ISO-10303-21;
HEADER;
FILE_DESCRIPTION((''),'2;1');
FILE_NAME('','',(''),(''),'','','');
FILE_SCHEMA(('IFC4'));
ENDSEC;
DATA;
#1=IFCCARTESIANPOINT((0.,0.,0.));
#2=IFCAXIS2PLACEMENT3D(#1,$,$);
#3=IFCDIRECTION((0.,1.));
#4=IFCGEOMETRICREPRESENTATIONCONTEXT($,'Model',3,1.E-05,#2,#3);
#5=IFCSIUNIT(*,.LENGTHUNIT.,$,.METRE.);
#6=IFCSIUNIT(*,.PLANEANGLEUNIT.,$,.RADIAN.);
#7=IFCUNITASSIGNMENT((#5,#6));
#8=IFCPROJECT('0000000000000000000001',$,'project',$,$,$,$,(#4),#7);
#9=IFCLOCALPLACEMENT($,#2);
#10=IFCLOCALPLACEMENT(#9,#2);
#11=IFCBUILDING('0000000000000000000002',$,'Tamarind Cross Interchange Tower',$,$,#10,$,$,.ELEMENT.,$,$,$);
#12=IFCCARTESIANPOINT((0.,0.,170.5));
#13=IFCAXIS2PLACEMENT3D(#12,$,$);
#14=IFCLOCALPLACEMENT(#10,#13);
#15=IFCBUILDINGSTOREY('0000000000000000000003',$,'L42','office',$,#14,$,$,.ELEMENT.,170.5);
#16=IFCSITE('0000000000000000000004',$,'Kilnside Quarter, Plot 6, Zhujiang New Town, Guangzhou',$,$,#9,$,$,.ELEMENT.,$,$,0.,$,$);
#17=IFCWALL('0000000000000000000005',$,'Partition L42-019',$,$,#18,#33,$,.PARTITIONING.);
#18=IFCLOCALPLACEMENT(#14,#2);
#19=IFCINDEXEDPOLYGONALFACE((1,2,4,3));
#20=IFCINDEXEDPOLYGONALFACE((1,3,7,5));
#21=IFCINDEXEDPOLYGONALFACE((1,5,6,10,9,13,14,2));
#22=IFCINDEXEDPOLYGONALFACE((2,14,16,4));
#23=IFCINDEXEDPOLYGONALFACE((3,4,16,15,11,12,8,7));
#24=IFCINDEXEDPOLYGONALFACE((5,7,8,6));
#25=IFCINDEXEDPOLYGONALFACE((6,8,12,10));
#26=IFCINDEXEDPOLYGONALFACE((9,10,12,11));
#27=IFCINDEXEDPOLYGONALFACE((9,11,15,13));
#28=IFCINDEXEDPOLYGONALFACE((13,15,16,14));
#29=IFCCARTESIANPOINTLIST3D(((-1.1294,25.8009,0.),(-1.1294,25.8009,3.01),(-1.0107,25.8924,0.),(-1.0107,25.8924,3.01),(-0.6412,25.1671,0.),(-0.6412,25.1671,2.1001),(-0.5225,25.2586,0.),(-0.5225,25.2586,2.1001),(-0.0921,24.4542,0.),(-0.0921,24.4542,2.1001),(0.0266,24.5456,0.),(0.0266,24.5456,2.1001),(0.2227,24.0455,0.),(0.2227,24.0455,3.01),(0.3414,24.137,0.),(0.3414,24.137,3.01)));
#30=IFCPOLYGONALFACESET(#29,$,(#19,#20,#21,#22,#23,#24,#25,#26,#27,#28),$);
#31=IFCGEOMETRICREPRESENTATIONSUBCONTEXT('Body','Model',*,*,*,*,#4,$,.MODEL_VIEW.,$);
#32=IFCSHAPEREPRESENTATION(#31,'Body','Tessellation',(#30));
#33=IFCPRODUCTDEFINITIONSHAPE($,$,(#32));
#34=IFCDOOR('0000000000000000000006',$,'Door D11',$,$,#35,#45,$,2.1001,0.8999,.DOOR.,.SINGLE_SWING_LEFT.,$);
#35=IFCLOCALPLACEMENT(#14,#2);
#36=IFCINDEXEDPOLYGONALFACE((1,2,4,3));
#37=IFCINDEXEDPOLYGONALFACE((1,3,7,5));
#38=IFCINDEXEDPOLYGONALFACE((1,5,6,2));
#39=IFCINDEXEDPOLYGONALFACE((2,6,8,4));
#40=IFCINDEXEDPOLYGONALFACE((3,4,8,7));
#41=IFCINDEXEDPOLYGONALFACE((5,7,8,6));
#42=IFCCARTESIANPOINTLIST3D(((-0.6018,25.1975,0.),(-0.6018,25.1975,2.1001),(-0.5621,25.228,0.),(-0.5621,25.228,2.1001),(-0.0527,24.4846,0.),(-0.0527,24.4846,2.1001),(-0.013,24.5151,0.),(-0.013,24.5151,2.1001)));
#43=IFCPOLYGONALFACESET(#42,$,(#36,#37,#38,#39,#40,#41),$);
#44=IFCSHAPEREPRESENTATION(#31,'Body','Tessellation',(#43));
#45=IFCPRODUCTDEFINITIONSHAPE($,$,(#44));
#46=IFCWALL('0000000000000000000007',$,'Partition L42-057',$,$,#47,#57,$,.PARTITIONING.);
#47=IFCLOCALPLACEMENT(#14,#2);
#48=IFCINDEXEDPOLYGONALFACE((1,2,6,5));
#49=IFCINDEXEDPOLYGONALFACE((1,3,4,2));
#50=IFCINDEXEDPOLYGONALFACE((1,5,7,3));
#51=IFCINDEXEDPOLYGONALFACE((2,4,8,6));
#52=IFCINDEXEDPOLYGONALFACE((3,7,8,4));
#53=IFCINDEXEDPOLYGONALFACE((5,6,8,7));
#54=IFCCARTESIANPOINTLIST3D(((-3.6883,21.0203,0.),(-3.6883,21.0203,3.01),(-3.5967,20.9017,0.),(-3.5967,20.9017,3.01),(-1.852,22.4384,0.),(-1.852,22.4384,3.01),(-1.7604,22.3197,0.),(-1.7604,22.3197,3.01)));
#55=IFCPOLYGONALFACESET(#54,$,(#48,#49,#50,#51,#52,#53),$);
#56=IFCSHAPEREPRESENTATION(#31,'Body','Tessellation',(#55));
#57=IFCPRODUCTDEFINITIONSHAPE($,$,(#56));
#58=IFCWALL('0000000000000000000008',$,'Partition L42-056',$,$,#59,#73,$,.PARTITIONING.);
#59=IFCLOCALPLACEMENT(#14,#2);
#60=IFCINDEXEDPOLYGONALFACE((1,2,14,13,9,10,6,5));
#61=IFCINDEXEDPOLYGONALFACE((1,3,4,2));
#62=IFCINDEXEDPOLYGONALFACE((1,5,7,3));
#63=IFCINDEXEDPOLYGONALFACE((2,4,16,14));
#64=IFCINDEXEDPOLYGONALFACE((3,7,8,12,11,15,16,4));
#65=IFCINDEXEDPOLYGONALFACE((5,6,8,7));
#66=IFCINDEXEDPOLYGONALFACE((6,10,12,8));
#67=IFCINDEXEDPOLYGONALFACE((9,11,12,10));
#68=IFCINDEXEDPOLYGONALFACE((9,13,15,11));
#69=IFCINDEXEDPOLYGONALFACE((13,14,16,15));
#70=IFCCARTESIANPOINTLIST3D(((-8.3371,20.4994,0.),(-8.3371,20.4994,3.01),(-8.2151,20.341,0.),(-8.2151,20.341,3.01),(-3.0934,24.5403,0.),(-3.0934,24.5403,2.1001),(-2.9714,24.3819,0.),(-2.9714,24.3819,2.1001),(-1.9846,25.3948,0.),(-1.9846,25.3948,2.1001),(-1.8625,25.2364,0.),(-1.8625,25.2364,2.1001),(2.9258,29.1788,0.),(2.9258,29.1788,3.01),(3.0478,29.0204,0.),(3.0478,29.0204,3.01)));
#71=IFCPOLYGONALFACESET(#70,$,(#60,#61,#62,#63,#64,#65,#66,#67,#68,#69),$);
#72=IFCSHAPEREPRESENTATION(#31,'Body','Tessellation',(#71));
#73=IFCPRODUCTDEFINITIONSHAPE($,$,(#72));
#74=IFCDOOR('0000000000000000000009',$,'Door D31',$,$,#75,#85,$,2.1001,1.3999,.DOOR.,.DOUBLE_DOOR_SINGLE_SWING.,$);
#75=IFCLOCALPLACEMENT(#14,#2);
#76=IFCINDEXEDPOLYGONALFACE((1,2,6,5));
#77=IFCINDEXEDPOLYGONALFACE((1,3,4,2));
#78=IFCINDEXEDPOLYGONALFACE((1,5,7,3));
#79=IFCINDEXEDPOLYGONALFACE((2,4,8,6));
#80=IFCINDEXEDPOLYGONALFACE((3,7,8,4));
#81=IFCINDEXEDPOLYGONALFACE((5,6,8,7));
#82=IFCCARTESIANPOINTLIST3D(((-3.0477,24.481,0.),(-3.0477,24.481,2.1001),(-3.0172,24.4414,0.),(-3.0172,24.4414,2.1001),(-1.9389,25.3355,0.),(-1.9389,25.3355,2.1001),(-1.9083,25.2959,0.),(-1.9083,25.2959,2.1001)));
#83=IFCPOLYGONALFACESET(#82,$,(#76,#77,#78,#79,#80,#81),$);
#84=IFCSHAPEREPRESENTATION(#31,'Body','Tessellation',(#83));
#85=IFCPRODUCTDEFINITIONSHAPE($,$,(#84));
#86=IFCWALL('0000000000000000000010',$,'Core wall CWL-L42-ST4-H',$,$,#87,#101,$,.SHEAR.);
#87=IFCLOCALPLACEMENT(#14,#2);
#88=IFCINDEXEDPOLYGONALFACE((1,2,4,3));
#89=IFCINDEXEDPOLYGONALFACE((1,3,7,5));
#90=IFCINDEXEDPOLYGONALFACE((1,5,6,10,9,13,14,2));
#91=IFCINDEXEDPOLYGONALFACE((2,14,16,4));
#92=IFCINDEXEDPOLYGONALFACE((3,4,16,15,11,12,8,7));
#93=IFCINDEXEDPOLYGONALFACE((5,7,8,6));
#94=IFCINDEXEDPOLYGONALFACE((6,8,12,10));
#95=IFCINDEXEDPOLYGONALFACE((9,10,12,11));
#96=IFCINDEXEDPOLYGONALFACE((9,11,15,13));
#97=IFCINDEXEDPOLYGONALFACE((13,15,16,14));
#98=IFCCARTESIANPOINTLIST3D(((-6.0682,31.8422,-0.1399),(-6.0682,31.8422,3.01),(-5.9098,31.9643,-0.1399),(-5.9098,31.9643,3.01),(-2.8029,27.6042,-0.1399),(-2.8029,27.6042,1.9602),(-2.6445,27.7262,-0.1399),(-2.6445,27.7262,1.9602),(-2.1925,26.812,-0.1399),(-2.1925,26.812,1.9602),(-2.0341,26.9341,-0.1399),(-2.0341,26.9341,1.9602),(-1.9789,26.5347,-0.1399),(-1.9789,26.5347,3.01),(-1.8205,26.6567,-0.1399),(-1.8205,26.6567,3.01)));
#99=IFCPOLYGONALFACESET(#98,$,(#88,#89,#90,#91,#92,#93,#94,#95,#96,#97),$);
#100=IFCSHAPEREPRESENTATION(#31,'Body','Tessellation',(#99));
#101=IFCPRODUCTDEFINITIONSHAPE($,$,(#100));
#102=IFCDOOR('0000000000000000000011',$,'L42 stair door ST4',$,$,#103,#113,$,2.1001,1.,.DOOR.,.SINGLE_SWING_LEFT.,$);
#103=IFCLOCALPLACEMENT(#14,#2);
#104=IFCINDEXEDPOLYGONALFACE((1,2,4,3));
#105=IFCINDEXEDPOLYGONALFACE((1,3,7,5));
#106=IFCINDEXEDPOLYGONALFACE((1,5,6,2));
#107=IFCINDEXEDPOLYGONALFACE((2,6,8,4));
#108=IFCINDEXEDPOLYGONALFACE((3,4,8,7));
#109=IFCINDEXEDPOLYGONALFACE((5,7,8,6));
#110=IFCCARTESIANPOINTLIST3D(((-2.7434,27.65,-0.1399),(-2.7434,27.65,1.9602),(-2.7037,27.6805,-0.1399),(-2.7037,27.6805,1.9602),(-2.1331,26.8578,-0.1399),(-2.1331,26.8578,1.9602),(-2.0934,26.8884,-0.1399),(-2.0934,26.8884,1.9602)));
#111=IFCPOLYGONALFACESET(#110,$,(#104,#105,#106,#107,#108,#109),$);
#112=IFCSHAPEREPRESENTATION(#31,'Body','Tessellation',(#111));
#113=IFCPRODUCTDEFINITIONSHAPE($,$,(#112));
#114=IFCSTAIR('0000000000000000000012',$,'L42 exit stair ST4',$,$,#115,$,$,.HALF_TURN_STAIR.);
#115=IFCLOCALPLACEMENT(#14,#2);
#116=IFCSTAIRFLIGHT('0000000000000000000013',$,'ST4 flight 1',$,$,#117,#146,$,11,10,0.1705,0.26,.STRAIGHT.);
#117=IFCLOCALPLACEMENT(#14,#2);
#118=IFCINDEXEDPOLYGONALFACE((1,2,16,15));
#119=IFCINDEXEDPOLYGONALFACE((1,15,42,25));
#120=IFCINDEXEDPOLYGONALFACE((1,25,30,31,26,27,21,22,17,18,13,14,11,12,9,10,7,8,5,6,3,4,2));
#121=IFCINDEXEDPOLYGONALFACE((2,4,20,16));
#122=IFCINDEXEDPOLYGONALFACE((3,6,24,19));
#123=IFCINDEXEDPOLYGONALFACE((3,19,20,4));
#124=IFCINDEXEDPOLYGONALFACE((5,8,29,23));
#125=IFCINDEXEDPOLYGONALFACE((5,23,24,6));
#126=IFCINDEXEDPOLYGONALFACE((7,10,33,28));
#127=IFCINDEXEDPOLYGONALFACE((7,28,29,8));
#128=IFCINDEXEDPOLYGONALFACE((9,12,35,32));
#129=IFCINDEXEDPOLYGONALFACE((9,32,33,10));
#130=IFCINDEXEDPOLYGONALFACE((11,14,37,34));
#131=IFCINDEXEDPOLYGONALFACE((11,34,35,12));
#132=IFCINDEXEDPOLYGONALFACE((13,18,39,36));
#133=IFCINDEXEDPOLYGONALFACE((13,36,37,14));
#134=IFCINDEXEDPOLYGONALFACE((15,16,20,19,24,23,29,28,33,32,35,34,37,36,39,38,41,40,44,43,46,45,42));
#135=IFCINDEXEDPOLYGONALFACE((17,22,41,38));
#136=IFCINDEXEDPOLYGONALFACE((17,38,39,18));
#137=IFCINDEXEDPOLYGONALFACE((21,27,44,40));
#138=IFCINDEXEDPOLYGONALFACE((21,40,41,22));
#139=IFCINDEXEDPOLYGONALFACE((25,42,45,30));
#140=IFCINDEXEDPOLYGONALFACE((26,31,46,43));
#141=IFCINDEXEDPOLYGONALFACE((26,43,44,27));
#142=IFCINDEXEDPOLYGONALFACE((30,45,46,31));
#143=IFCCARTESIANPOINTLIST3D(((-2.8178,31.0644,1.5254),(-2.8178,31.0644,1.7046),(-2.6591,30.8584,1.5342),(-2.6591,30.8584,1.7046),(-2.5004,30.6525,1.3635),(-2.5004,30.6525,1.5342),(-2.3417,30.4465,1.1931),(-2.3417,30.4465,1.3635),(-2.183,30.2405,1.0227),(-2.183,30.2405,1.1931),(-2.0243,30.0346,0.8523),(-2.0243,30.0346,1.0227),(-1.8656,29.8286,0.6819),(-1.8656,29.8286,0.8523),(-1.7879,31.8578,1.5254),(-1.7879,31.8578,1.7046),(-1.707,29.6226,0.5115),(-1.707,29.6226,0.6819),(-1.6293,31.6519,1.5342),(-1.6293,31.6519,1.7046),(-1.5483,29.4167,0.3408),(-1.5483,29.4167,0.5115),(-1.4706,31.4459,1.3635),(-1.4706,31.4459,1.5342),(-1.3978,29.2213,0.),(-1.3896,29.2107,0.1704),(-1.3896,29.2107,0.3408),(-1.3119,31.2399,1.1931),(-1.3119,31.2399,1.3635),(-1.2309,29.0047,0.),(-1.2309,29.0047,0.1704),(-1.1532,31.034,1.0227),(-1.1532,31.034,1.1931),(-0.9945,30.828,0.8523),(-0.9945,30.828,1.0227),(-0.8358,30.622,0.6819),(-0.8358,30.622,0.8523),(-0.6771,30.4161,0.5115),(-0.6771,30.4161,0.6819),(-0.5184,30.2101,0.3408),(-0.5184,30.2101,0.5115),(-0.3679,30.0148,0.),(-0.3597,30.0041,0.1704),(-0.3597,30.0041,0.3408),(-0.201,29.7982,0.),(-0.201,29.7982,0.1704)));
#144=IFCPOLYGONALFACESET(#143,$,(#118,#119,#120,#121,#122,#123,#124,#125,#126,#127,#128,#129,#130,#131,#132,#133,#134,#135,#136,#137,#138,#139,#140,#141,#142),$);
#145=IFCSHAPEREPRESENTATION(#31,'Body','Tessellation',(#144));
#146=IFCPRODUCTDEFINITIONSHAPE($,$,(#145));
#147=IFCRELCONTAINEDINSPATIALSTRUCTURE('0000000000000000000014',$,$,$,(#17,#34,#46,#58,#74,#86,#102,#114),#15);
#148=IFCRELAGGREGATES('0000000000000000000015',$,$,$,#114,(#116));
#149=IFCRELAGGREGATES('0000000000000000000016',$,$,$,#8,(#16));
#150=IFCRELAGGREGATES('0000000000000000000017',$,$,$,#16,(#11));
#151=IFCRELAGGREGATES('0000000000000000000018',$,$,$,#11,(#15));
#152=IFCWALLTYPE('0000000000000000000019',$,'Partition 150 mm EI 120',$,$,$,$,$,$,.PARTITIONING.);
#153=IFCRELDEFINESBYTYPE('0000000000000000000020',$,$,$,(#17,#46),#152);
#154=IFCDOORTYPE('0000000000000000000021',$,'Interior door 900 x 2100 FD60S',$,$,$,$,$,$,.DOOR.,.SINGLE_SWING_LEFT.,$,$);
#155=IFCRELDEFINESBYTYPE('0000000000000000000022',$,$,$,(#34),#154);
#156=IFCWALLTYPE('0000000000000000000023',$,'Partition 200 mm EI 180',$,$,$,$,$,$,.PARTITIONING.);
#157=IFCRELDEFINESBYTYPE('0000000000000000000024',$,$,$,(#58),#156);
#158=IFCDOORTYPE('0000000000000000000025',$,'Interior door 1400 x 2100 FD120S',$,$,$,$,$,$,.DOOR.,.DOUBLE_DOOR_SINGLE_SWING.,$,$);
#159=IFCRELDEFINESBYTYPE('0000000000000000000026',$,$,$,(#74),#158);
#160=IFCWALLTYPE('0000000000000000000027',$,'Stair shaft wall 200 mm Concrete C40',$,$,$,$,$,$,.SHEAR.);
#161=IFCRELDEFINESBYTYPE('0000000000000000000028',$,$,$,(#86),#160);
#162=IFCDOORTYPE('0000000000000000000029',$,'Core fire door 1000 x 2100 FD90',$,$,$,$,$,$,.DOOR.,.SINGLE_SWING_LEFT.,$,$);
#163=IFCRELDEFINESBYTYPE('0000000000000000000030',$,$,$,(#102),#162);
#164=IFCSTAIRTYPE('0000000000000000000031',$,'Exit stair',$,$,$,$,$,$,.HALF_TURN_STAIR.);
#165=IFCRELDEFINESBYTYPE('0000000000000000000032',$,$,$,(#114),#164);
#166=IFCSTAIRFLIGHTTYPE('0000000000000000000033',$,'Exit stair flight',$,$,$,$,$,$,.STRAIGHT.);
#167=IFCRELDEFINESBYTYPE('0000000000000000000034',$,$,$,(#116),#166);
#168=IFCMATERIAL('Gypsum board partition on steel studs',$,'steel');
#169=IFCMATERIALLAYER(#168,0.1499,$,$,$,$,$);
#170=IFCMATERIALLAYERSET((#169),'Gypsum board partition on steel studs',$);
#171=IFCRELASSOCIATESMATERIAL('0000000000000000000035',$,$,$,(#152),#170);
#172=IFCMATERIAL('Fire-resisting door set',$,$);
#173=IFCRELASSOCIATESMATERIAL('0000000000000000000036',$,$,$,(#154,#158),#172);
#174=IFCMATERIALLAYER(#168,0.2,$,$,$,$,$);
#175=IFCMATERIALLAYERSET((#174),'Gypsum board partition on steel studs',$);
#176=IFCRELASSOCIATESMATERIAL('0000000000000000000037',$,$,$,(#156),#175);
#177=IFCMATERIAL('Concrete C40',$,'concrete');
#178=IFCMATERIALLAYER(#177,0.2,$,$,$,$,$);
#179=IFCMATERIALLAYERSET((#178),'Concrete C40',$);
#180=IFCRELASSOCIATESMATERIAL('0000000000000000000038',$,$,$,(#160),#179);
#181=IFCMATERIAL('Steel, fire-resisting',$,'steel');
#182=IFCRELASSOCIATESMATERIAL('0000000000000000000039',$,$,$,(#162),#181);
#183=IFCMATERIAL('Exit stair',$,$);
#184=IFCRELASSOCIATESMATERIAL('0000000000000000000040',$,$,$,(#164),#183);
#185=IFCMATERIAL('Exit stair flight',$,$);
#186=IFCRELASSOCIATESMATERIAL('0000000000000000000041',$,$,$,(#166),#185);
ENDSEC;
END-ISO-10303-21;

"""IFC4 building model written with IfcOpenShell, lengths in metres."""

from ifc_helpers import new_model, si_unit, direction, frame, frame_2d, origin, place, context, subcontext, project, spatial, polyline, rectangle, outline, extrude, material, layer, layer_set, type_object, element, fill, aggregate, save


model = new_model("IFC4")

# Units and contexts
model_context = context("Model", 3, precision=1e-05, world=origin(), true_north=direction((0.0, 1.0)))
body_context = subcontext(model_context, "Body", "Model", "MODEL_VIEW")
ifc_project = project(units=[si_unit("LENGTHUNIT", "METRE"), si_unit("PLANEANGLEUNIT", "RADIAN")], contexts=[model_context])

# Site, building, storey
site_placement = place(None, origin())
site = spatial("IfcSite", under=ifc_project, at=site_placement, Name="Kilnside Quarter, Plot 6, Zhujiang New Town, Guangzhou", CompositionType="ELEMENT", RefElevation=0.0)
building_placement = place(site_placement, origin())
building = spatial("IfcBuilding", under=site, at=building_placement, Name="Tamarind Cross Interchange Tower", CompositionType="ELEMENT")
storey_placement = place(building_placement, frame((0.0, 0.0, 170.5)))
storey = spatial("IfcBuildingStorey", under=building, at=storey_placement, Name="L42", Description="office", CompositionType="ELEMENT", Elevation=170.5)

# Shared definitions
ifc_material_1 = material(Name="Gypsum board partition on steel studs", Category="steel")
ifc_layer_1 = layer(ifc_material_1, 0.1499)
ifc_layer_set_1 = layer_set([ifc_layer_1], Name="Gypsum board partition on steel studs")
wall_type_1 = type_object("IfcWallType", Name="Partition 150 mm EI 120", PredefinedType="PARTITIONING", material=ifc_layer_set_1)

# Wall, opening, door
ifc_material_2 = material(Name="Fire-resisting door set")
door_type_1 = type_object("IfcDoorType", Name="Interior door 900 x 2100 FD60S", OperationType="SINGLE_SWING_LEFT", PredefinedType="DOOR", material=ifc_material_2)
wall_1_placement = place(storey_placement, frame((-1.0701, 25.8467, 0.0), z_axis=(0.0, 0.0, 1.0), x_axis=(0.610211, -0.792239, 0.0)))
wall_1 = element("IfcWall", 1, at=wall_1_placement, inside=storey, type_object=wall_type_1, Name="Partition L42-019", PredefinedType="PARTITIONING", context=body_context, shape_type="SweptSolid", body=[
    extrude(rectangle(XDim=2.2158, YDim=0.1499, at=frame_2d((1.1079, 0.0))), origin(), (0.0, 0.0, 1.0), 3.01),
])
opening_1_placement = place(wall_1_placement, frame((0.8, 0.0, 0.0)))
opening_1 = element("IfcOpeningElement", 2, at=opening_1_placement, cuts=wall_1, PredefinedType="OPENING", context=body_context, shape_type="SweptSolid", body=[
    extrude(rectangle(XDim=0.8999, YDim=2.1001, at=frame_2d((0.45, 1.05))), frame((0.0, 0.085, 0.0), z_axis=(0.0, -1.0, 0.0), x_axis=(1.0, 0.0, 0.0)), (0.0, 0.0, 1.0), 0.1699),
])
door_1_placement = place(opening_1_placement, origin())
door_1 = element("IfcDoor", 3, at=door_1_placement, inside=storey, type_object=door_type_1, Name="Door D11", OperationType="SINGLE_SWING_LEFT", OverallHeight=2.1001, OverallWidth=0.8999, PredefinedType="DOOR", context=body_context, shape_type="SweptSolid", body=[
    extrude(rectangle(XDim=0.8999, YDim=2.1001, at=frame_2d((0.45, 1.05))), frame((0.0, 0.0249, 0.0), z_axis=(0.0, -1.0, 0.0), x_axis=(1.0, 0.0, 0.0)), (0.0, 0.0, 1.0), 0.05),
])
fill(opening_1, door_1)

# Wall
wall_2_placement = place(storey_placement, frame((-3.6426, 20.9609, 0.0), z_axis=(0.0, 0.0, 1.0), x_axis=(0.791472, 0.611205, 0.0)))
element("IfcWall", 4, at=wall_2_placement, inside=storey, type_object=wall_type_1, Name="Partition L42-057", PredefinedType="PARTITIONING", context=body_context, shape_type="SweptSolid", body=[
    extrude(rectangle(XDim=2.3201, YDim=0.1499, at=frame_2d((1.1602, 0.0))), origin(), (0.0, 0.0, 1.0), 3.01),
])

# Walls, openings, doors
ifc_layer_2 = layer(ifc_material_1, 0.2)
ifc_layer_set_2 = layer_set([ifc_layer_2], Name="Gypsum board partition on steel studs")
wall_type_2 = type_object("IfcWallType", Name="Partition 200 mm EI 180", PredefinedType="PARTITIONING", material=ifc_layer_set_2)
wall_3_placement = place(storey_placement, frame((-8.2761, 20.4202, 0.0), z_axis=(0.0, 0.0, 1.0), x_axis=(0.792092, 0.610402, 0.0)))
wall_3 = element("IfcWall", 5, at=wall_3_placement, inside=storey, type_object=wall_type_2, Name="Partition L42-056", PredefinedType="PARTITIONING", context=body_context, shape_type="SweptSolid", body=[
    extrude(rectangle(XDim=14.2192, YDim=0.2, at=frame_2d((7.1096, 0.0))), origin(), (0.0, 0.0, 1.0), 3.01),
])
opening_2_placement = place(wall_3_placement, frame((6.6201, 0.0, 0.0)))
opening_2 = element("IfcOpeningElement", 6, at=opening_2_placement, cuts=wall_3, PredefinedType="OPENING", context=body_context, shape_type="SweptSolid", body=[
    extrude(rectangle(XDim=1.3999, YDim=2.1001, at=frame_2d((0.7, 1.05))), frame((0.0, 0.1099, 0.0), z_axis=(0.0, -1.0, 0.0), x_axis=(1.0, 0.0, 0.0)), (0.0, 0.0, 1.0), 0.22),
])
door_type_2 = type_object("IfcDoorType", Name="Interior door 1400 x 2100 FD120S", OperationType="DOUBLE_DOOR_SINGLE_SWING", PredefinedType="DOOR", material=ifc_material_2)
door_2_placement = place(opening_2_placement, frame((1.3999, 0.0, 0.0), z_axis=(0.0, 0.0, 1.0), x_axis=(-1.0, 0.0, 0.0)))
door_2 = element("IfcDoor", 7, at=door_2_placement, inside=storey, type_object=door_type_2, Name="Door D31", OperationType="DOUBLE_DOOR_SINGLE_SWING", OverallHeight=2.1001, OverallWidth=1.3999, PredefinedType="DOOR", context=body_context, shape_type="SweptSolid", body=[
    extrude(rectangle(XDim=1.3999, YDim=2.1001, at=frame_2d((0.7, 1.05))), frame((0.0, 0.0249, 0.0), z_axis=(0.0, -1.0, 0.0), x_axis=(1.0, 0.0, 0.0)), (0.0, 0.0, 1.0), 0.05),
])
fill(opening_2, door_2)
ifc_material_3 = material(Name="Concrete C40", Category="concrete")
ifc_layer_3 = layer(ifc_material_3, 0.2)
ifc_layer_set_3 = layer_set([ifc_layer_3], Name="Concrete C40")
wall_type_3 = type_object("IfcWallType", Name="Stair shaft wall 200 mm Concrete C40", PredefinedType="SHEAR", material=ifc_layer_set_3)
wall_4_placement = place(storey_placement, frame((-1.8997, 26.5957, -0.1399), z_axis=(0.0, 0.0, 1.0), x_axis=(-0.610327, 0.79215, 0.0)))
wall_4 = element("IfcWall", 8, at=wall_4_placement, inside=storey, type_object=wall_type_3, Name="Core wall CWL-L42-ST4-H", PredefinedType="SHEAR", context=body_context, shape_type="SweptSolid", body=[
    extrude(rectangle(XDim=6.7002, YDim=0.2, at=frame_2d((3.3501, 0.0))), origin(), (0.0, 0.0, 1.0), 3.1499),
])
opening_3_placement = place(wall_4_placement, frame((0.3501, 0.0, 0.0)))
opening_3 = element("IfcOpeningElement", 9, at=opening_3_placement, cuts=wall_4, PredefinedType="OPENING", context=body_context, shape_type="SweptSolid", body=[
    extrude(rectangle(XDim=1.0, YDim=2.1001, at=frame_2d((0.5, 1.05))), frame((0.0, 0.1099, 0.0), z_axis=(0.0, -1.0, 0.0), x_axis=(1.0, 0.0, 0.0)), (0.0, 0.0, 1.0), 0.22),
])
ifc_material_4 = material(Name="Steel, fire-resisting", Category="steel")
door_type_3 = type_object("IfcDoorType", Name="Core fire door 1000 x 2100 FD90", OperationType="SINGLE_SWING_LEFT", PredefinedType="DOOR", material=ifc_material_4)
door_3_placement = place(opening_3_placement, origin())
door_3 = element("IfcDoor", 10, at=door_3_placement, inside=storey, type_object=door_type_3, Name="L42 stair door ST4", OperationType="SINGLE_SWING_LEFT", OverallHeight=2.1001, OverallWidth=1.0, PredefinedType="DOOR", context=body_context, shape_type="SweptSolid", body=[
    extrude(rectangle(XDim=1.0, YDim=2.1001, at=frame_2d((0.5, 1.05))), frame((0.0, 0.0249, 0.0), z_axis=(0.0, -1.0, 0.0), x_axis=(1.0, 0.0, 0.0)), (0.0, 0.0, 1.0), 0.05),
])
fill(opening_3, door_3)

# Stair, stair flight
ifc_material_5 = material(Name="Exit stair")
stair_type = type_object("IfcStairType", Name="Exit stair", PredefinedType="HALF_TURN_STAIR", material=ifc_material_5)
stair_placement = place(storey_placement, origin())
stair = element("IfcStair", 11, at=stair_placement, inside=storey, type_object=stair_type, Name="L42 exit stair ST4", PredefinedType="HALF_TURN_STAIR")
ifc_material_6 = material(Name="Exit stair flight")
stair_flight_type = type_object("IfcStairFlightType", Name="Exit stair flight", PredefinedType="STRAIGHT", material=ifc_material_6)
stair_flight_placement = place(storey_placement, frame((-0.7161, 29.4014, 0.0), z_axis=(0.0, 0.0, 1.0), x_axis=(-0.610322, 0.792153, 0.0)))
stair_flight = element("IfcStairFlight", 12, at=stair_flight_placement, type_object=stair_flight_type, Name="ST4 flight 1", NumberOfRisers=11, NumberOfTreads=10, PredefinedType="STRAIGHT", RiserHeight=0.1705, TreadLength=0.26, context=body_context, shape_type="SweptSolid", body=[
    extrude(outline(polyline([(0.0, 0.0), (0.0, 0.1704), (0.26, 0.1704), (0.26, 0.3408), (0.52, 0.3408), (0.52, 0.5115), (0.78, 0.5115), (0.78, 0.6819), (1.04, 0.6819), (1.04, 0.8523), (1.3, 0.8523), (1.3, 1.0227), (1.5601, 1.0227), (1.5601, 1.1931), (1.8201, 1.1931), (1.8201, 1.3635), (2.0801, 1.3635), (2.0801, 1.5342), (2.3401, 1.5342), (2.3401, 1.7046), (2.6001, 1.7046), (2.6001, 1.875), (2.6001, 1.5254), (0.2734, 0.0), (0.0, 0.0)])), frame((0.0, 0.6499, 0.0), z_axis=(0.0, -1.0, 0.0), x_axis=(1.0, 0.0, 0.0)), (0.0, 0.0, 1.0), 1.3),
])
aggregate(stair, [stair_flight])

save(model, "model.ifc")
